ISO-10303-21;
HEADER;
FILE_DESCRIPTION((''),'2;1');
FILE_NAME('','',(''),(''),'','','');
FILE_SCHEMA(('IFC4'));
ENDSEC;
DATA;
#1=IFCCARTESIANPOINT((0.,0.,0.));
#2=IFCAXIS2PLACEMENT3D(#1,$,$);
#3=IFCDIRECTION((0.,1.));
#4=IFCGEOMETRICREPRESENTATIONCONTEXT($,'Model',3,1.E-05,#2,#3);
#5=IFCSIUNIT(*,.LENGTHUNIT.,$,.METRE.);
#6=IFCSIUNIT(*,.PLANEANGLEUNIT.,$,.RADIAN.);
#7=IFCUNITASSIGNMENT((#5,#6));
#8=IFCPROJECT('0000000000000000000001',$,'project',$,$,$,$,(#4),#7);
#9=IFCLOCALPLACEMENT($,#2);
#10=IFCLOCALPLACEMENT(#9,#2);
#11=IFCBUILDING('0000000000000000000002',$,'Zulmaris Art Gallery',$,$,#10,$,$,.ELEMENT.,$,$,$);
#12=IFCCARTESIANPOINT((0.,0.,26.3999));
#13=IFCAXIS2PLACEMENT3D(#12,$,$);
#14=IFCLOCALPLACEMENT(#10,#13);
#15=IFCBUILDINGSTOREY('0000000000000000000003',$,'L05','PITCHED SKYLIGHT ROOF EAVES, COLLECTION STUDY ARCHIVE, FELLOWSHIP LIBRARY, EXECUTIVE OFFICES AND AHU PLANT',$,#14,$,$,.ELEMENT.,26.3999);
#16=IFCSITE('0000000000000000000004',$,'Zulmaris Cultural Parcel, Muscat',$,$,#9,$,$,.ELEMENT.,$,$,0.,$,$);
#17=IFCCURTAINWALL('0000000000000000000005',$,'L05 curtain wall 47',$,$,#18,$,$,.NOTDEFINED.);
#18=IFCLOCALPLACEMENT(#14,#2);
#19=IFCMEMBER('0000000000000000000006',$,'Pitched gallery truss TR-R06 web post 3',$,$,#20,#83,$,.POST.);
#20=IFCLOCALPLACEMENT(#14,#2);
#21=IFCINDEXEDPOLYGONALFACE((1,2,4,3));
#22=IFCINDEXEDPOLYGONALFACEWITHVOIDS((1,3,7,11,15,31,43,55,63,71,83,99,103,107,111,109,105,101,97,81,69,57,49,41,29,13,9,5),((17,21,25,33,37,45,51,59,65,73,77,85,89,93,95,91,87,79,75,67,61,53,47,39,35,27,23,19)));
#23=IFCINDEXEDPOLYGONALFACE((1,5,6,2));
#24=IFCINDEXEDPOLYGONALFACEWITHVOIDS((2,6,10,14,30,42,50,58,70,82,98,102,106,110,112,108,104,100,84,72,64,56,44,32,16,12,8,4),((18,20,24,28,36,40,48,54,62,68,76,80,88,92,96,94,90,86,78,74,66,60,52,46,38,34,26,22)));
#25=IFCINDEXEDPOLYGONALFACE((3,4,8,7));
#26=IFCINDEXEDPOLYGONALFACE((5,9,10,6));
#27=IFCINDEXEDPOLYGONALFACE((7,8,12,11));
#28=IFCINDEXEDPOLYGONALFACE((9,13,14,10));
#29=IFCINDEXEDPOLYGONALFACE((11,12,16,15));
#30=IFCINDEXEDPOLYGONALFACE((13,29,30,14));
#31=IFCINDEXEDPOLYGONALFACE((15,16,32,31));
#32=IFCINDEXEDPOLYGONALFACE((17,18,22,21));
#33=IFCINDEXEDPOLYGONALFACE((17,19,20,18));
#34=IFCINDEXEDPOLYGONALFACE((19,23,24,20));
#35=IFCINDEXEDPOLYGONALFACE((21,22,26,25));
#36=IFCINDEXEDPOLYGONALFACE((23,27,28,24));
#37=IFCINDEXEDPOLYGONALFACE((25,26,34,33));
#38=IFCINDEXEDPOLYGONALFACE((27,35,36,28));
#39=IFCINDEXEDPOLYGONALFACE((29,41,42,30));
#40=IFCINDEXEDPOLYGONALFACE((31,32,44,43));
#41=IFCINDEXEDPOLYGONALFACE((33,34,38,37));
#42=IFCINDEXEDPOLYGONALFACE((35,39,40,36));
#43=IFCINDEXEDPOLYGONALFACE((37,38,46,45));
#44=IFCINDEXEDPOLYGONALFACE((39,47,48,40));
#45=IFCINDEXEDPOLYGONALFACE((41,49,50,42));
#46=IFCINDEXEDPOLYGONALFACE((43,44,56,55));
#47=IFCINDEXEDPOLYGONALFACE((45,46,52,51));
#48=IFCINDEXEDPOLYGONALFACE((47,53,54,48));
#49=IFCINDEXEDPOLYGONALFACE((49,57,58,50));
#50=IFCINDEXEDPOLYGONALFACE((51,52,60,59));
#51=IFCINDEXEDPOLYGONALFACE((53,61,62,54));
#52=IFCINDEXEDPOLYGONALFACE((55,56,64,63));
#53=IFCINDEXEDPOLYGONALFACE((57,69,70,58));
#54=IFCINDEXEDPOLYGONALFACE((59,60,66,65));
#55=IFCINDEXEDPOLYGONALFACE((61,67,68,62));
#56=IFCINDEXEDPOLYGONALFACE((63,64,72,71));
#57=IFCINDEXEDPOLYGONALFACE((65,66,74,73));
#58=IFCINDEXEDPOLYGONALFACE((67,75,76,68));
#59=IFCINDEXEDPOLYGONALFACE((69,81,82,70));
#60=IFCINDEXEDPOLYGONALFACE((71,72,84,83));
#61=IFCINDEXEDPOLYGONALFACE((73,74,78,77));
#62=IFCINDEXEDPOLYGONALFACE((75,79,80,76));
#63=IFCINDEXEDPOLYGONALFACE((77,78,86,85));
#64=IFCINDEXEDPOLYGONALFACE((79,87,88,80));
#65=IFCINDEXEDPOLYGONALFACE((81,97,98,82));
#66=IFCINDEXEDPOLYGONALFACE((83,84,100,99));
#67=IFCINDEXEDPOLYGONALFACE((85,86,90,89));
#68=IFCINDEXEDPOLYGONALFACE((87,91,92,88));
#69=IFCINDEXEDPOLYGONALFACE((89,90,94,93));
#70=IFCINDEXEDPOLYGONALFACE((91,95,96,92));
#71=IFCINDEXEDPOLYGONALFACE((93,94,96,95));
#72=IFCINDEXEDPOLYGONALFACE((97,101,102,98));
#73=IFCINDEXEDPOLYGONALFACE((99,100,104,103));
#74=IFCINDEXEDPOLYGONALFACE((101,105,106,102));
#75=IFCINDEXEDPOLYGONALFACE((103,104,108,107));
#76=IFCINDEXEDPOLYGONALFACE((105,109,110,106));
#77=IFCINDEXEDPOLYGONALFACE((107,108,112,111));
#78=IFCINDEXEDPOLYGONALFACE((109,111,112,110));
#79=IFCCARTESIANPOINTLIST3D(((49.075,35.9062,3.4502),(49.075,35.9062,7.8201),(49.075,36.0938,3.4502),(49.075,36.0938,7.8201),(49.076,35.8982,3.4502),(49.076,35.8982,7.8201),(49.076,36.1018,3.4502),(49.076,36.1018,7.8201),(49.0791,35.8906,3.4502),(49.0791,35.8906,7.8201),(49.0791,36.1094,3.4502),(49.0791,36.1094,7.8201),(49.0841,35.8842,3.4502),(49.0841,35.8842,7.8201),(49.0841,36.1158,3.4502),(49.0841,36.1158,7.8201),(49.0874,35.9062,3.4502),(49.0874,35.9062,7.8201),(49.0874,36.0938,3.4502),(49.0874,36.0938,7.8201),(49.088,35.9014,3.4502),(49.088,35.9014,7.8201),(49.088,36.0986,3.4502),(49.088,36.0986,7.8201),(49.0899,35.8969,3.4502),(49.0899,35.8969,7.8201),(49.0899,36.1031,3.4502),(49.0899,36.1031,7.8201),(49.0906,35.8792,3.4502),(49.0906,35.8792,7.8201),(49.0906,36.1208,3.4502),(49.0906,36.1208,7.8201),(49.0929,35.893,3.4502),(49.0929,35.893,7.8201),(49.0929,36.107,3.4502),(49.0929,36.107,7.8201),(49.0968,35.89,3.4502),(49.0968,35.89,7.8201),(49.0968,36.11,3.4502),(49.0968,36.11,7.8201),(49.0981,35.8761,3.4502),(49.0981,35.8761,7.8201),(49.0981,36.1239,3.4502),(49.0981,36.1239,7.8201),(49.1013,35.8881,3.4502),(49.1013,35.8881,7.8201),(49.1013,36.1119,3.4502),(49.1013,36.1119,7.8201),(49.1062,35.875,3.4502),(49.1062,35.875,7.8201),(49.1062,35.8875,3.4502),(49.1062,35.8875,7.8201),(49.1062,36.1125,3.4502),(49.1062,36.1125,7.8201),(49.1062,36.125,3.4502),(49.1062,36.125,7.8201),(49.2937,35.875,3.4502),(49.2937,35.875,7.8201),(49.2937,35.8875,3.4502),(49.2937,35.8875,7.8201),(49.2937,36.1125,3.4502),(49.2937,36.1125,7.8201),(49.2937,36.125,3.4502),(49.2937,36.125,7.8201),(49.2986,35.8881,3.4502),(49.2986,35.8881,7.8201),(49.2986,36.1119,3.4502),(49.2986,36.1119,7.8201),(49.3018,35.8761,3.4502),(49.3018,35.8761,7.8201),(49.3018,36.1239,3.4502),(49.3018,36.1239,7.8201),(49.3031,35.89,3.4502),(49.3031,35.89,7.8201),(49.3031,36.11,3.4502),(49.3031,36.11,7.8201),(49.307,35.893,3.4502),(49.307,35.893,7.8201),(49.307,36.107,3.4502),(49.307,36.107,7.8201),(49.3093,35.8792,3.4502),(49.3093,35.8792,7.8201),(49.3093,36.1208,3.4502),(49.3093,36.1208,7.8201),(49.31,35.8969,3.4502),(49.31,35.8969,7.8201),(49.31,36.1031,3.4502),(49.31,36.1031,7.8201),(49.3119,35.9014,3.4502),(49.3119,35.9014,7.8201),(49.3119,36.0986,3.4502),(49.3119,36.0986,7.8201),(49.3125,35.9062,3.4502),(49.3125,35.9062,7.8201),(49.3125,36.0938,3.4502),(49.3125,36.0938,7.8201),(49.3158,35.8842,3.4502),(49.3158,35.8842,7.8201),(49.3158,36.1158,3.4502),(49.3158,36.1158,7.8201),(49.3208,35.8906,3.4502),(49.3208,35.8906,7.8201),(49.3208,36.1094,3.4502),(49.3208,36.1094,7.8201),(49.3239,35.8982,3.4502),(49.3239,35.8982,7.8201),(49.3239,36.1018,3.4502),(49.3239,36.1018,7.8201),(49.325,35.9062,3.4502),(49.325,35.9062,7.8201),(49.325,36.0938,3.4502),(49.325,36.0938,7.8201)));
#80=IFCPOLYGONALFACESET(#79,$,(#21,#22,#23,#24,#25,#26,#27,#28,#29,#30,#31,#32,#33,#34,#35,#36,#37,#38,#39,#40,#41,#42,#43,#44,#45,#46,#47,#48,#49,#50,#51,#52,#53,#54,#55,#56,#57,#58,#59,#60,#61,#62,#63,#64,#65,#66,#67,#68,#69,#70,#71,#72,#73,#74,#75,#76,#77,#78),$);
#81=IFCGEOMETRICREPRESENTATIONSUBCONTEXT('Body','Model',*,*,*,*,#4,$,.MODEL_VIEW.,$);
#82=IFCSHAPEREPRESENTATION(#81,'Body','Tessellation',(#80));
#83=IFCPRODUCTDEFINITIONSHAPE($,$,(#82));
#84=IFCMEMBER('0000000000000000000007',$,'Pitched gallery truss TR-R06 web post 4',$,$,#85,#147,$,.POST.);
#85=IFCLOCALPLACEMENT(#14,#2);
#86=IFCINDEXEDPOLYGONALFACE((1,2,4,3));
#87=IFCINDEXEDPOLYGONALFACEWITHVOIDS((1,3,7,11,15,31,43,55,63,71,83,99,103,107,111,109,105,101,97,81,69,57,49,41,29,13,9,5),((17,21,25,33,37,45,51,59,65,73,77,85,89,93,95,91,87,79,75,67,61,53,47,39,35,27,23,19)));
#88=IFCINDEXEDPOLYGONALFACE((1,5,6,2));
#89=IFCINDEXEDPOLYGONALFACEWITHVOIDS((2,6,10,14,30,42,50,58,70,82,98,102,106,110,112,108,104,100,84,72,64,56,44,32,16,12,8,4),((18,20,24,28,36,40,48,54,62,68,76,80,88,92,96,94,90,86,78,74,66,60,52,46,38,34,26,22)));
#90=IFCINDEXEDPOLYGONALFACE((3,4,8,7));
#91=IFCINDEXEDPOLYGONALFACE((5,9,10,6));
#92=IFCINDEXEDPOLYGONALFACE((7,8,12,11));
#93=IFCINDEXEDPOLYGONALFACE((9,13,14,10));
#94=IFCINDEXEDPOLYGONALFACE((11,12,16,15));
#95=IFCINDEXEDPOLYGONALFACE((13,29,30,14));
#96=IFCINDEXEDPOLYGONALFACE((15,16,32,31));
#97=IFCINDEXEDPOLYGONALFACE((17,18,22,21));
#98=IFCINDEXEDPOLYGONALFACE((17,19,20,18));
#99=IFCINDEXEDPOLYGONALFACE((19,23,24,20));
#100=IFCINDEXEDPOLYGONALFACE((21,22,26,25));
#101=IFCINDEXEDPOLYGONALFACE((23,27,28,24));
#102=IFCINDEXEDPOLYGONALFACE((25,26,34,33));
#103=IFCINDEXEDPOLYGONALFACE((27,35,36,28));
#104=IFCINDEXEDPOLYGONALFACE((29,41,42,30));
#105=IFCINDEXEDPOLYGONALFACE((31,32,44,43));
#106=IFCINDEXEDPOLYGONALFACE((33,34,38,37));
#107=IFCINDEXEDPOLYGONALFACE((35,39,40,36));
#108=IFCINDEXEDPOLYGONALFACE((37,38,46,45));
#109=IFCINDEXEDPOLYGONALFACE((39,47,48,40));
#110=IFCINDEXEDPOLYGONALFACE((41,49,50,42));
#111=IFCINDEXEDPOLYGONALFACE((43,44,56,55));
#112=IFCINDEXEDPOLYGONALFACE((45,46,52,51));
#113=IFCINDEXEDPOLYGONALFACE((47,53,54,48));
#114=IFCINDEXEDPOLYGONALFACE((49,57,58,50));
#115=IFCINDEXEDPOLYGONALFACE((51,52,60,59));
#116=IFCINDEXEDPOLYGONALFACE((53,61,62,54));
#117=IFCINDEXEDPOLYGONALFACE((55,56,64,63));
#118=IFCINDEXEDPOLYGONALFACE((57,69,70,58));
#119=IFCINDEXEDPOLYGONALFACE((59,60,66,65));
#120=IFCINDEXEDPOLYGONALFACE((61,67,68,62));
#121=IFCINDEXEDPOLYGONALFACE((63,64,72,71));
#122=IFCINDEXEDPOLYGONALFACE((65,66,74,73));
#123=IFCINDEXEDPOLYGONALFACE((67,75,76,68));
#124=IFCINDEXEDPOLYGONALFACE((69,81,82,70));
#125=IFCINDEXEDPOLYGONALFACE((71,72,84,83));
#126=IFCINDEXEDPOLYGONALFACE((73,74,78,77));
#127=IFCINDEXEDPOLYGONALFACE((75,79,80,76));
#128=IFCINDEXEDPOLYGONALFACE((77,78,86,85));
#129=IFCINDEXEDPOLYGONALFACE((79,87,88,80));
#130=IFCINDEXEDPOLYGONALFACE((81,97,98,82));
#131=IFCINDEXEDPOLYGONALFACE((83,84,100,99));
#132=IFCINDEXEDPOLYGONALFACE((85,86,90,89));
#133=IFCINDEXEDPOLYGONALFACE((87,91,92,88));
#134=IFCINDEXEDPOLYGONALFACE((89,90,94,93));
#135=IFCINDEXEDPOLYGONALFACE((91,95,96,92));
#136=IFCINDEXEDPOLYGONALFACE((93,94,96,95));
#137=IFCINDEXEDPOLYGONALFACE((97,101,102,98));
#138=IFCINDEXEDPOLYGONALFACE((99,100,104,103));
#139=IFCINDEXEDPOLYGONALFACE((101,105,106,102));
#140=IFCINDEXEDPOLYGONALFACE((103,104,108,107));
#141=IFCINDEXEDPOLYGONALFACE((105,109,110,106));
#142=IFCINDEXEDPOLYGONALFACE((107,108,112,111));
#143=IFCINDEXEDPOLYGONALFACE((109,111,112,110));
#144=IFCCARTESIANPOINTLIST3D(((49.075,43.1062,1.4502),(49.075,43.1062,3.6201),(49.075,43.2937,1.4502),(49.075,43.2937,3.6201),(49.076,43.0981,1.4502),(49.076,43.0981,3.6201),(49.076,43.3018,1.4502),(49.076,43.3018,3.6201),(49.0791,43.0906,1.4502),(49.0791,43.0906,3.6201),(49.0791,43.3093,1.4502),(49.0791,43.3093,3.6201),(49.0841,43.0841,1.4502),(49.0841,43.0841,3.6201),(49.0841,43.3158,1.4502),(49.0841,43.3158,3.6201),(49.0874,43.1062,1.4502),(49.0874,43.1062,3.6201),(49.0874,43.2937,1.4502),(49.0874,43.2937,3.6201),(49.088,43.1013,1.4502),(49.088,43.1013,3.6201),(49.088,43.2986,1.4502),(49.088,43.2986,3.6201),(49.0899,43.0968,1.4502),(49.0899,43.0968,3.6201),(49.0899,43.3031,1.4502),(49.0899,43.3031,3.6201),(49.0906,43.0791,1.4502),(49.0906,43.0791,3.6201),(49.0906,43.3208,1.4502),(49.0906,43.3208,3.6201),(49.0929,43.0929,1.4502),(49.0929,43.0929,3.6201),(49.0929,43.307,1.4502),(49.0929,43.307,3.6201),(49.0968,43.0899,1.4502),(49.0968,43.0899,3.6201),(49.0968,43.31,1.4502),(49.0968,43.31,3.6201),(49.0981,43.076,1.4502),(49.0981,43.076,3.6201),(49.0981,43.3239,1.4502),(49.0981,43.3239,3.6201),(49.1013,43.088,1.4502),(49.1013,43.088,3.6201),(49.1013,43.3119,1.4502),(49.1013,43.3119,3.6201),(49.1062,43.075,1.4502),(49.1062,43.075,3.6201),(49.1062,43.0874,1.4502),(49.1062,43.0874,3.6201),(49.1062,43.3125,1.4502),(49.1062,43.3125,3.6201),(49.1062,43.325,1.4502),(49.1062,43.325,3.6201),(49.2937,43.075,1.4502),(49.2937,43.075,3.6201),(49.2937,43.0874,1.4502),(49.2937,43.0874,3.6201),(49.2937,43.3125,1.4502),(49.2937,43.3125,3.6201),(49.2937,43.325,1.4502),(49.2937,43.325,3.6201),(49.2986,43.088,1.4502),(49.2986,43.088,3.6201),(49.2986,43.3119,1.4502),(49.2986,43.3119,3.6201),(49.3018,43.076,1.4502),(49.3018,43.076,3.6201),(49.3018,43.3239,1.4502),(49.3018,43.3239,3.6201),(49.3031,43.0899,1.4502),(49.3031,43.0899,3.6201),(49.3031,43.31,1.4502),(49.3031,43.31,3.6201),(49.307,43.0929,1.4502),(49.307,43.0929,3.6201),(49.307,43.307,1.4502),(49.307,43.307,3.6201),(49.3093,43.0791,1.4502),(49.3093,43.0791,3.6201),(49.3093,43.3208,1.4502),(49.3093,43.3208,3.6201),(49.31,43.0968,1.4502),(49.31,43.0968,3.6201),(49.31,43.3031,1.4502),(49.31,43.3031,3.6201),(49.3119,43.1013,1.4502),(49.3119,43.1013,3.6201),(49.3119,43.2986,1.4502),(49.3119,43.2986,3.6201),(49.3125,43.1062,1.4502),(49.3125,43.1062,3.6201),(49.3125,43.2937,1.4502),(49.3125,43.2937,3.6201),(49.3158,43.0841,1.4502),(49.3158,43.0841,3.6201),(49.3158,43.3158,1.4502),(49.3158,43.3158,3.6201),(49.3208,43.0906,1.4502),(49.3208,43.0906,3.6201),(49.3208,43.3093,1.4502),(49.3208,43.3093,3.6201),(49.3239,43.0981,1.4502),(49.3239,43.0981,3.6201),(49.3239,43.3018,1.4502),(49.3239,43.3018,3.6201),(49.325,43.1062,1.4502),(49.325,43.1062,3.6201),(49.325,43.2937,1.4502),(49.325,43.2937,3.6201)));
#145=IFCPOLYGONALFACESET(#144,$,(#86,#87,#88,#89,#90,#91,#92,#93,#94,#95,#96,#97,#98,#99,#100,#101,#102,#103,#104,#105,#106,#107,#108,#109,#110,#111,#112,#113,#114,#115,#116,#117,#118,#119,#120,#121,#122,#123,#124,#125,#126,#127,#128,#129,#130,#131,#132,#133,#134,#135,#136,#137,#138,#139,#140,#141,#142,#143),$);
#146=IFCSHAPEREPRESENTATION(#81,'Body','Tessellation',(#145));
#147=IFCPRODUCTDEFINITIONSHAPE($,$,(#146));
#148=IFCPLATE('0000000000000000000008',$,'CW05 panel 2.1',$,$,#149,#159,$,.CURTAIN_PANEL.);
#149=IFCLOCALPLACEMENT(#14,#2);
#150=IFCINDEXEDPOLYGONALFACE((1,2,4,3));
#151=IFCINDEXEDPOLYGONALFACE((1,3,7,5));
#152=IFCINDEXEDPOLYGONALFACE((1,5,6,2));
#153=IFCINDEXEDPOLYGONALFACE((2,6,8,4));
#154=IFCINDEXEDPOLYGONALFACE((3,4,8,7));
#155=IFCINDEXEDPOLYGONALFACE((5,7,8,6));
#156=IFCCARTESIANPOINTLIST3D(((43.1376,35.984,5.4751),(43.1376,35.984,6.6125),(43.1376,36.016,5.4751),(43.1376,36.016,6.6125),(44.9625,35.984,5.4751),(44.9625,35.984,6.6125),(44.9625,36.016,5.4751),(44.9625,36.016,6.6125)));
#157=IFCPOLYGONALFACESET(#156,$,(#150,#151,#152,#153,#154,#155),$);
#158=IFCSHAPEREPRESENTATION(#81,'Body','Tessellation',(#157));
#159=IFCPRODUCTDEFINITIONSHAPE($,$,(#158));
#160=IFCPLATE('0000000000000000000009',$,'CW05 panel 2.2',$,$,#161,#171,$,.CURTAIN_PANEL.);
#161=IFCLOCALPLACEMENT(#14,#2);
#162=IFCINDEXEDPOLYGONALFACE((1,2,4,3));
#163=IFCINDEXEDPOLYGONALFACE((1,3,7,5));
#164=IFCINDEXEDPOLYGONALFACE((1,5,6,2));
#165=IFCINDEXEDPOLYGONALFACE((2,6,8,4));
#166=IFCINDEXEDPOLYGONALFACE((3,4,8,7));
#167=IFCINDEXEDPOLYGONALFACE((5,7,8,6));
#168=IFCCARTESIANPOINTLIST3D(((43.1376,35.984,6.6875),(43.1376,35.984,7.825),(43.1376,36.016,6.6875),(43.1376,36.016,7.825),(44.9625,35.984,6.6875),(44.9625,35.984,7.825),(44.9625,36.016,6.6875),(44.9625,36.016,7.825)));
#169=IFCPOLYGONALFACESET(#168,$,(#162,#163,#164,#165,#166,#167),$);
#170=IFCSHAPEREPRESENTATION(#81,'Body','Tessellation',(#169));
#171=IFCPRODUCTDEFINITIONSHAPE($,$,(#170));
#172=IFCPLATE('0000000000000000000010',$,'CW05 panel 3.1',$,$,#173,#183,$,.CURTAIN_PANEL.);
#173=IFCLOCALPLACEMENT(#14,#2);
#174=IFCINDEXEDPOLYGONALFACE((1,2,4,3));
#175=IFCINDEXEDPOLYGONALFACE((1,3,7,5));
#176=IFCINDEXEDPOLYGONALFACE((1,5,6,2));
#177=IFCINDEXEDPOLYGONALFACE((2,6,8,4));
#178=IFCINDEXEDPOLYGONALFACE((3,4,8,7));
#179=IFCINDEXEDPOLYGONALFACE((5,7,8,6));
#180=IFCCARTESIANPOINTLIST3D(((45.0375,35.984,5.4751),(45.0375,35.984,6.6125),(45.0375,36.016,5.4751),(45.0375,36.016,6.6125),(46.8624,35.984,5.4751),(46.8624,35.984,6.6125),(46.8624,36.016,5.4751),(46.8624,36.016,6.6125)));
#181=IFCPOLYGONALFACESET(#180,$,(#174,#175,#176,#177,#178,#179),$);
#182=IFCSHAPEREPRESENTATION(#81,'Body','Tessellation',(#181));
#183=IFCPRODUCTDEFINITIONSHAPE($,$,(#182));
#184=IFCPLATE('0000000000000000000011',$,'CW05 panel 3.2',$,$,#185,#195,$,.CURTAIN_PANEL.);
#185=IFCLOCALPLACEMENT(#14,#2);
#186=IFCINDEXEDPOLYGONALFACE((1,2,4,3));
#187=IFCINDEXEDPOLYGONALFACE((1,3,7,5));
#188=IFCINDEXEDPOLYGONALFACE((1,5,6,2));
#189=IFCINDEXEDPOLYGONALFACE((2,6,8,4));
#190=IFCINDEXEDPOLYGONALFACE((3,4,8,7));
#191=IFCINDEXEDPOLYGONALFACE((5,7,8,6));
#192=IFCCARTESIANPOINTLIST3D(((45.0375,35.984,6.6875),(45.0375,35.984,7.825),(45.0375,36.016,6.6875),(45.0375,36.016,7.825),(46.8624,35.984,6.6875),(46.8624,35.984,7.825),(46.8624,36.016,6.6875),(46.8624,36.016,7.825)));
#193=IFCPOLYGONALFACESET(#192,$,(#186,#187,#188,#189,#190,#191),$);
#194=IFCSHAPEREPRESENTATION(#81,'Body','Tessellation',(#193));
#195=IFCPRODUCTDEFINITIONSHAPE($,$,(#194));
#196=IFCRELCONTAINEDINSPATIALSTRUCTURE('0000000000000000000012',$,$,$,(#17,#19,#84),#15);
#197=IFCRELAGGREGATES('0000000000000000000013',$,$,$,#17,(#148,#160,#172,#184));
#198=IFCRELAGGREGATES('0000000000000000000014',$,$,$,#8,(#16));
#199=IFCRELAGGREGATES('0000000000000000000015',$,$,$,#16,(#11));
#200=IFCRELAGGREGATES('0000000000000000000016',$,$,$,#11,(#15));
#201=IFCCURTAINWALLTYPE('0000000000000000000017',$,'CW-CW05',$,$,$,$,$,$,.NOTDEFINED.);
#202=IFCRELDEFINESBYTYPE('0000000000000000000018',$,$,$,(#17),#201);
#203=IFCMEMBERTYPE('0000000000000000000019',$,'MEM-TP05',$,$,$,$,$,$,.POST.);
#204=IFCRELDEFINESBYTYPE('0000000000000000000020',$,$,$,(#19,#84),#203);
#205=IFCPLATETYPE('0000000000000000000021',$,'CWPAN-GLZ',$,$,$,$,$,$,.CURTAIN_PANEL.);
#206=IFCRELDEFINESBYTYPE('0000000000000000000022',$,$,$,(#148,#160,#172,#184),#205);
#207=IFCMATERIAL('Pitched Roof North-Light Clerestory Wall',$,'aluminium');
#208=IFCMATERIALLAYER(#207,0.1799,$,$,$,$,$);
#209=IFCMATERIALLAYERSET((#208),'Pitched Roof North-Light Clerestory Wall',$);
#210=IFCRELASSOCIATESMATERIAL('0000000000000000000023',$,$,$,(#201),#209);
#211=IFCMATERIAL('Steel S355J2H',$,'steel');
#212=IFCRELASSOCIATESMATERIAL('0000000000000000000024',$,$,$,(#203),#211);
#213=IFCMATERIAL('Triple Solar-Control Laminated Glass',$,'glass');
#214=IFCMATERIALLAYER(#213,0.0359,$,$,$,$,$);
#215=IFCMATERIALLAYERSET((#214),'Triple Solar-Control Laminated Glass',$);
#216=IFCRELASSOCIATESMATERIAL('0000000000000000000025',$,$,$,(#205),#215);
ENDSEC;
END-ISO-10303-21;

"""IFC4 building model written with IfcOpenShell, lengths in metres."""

from ifc_helpers import new_model, si_unit, direction, frame, origin, origin_2d, place, context, subcontext, project, spatial, rectangle, hollow_rectangle, extrude, material, layer, layer_set, material_profile, profile_set, type_object, element, aggregate, save


model = new_model("IFC4")

# Units and contexts
model_context = context("Model", 3, precision=1e-05, world=origin(), true_north=direction((0.0, 1.0)))
body_context = subcontext(model_context, "Body", "Model", "MODEL_VIEW")
ifc_project = project(units=[si_unit("LENGTHUNIT", "METRE"), si_unit("PLANEANGLEUNIT", "RADIAN")], contexts=[model_context])

# Site, building, storey
site_placement = place(None, origin())
site = spatial("IfcSite", under=ifc_project, at=site_placement, Name="Zulmaris Cultural Parcel, Muscat", CompositionType="ELEMENT", RefElevation=0.0)
building_placement = place(site_placement, origin())
building = spatial("IfcBuilding", under=site, at=building_placement, Name="Zulmaris Art Gallery", CompositionType="ELEMENT")
storey_placement = place(building_placement, frame((0.0, 0.0, 26.3999)))
storey = spatial("IfcBuildingStorey", under=building, at=storey_placement, Name="L05", Description="PITCHED SKYLIGHT ROOF EAVES, COLLECTION STUDY ARCHIVE, FELLOWSHIP LIBRARY, EXECUTIVE OFFICES AND AHU PLANT", CompositionType="ELEMENT", Elevation=26.3999)

# Curtain wall
ifc_material_1 = material(Name="Pitched Roof North-Light Clerestory Wall", Category="aluminium")
ifc_layer_1 = layer(ifc_material_1, 0.1799)
ifc_layer_set_1 = layer_set([ifc_layer_1], Name="Pitched Roof North-Light Clerestory Wall")
curtain_wall_type = type_object("IfcCurtainWallType", Name="CW-CW05", PredefinedType="NOTDEFINED", material=ifc_layer_set_1)
curtain_wall_placement = place(storey_placement, origin())
curtain_wall = element("IfcCurtainWall", 1, at=curtain_wall_placement, inside=storey, type_object=curtain_wall_type, Name="L05 curtain wall 47", PredefinedType="NOTDEFINED")

# Members
ifc_material_2 = material(Name="Steel S355J2H", Category="steel")
ifc_material_profile_1 = material_profile(ifc_material_2, hollow_rectangle(XDim=0.25, YDim=0.25, WallThickness=0.0125, InnerFilletRadius=0.0188, OuterFilletRadius=0.0312, at=origin_2d()), Name="SHS 250x250x12.5")
ifc_profile_set_1 = profile_set([ifc_material_profile_1], Name="Steel S355J2H")
member_type_1 = type_object("IfcMemberType", Name="MEM-TP05", PredefinedType="POST", material=ifc_profile_set_1)
member_1_placement = place(storey_placement, frame((49.2, 36.0, 3.4502), z_axis=(0.0, 0.0, 1.0), x_axis=(1.0, 0.0, 0.0)))
element("IfcMember", 2, at=member_1_placement, inside=storey, type_object=member_type_1, Name="Pitched gallery truss TR-R06 web post 3", PredefinedType="POST", context=body_context, shape_type="SweptSolid", body=[
    extrude(hollow_rectangle(XDim=0.25, YDim=0.25, WallThickness=0.0125, InnerFilletRadius=0.0188, OuterFilletRadius=0.0312, at=origin_2d()), origin(), (0.0, 0.0, 1.0), 4.3699),
])
member_2_placement = place(storey_placement, frame((49.2, 43.2, 1.4502), z_axis=(0.0, 0.0, 1.0), x_axis=(1.0, 0.0, 0.0)))
element("IfcMember", 3, at=member_2_placement, inside=storey, type_object=member_type_1, Name="Pitched gallery truss TR-R06 web post 4", PredefinedType="POST", context=body_context, shape_type="SweptSolid", body=[
    extrude(hollow_rectangle(XDim=0.25, YDim=0.25, WallThickness=0.0125, InnerFilletRadius=0.0188, OuterFilletRadius=0.0312, at=origin_2d()), origin(), (0.0, 0.0, 1.0), 2.1699),
])

# Plates
ifc_material_3 = material(Name="Triple Solar-Control Laminated Glass", Category="glass")
ifc_layer_2 = layer(ifc_material_3, 0.0359)
ifc_layer_set_2 = layer_set([ifc_layer_2], Name="Triple Solar-Control Laminated Glass")
plate_type_1 = type_object("IfcPlateType", Name="CWPAN-GLZ", PredefinedType="CURTAIN_PANEL", material=ifc_layer_set_2)
plate_1_placement = place(storey_placement, frame((44.05, 36.0, 5.4751), z_axis=(0.0, 0.0, 1.0), x_axis=(1.0, 0.0, 0.0)))
plate_1 = element("IfcPlate", 4, at=plate_1_placement, type_object=plate_type_1, Name="CW05 panel 2.1", PredefinedType="CURTAIN_PANEL", context=body_context, shape_type="SweptSolid", body=[
    extrude(rectangle(XDim=1.825, YDim=0.032, at=origin_2d()), origin(), (0.0, 0.0, 1.0), 1.1375),
])
plate_2_placement = place(storey_placement, frame((44.05, 36.0, 6.6875), z_axis=(0.0, 0.0, 1.0), x_axis=(1.0, 0.0, 0.0)))
plate_2 = element("IfcPlate", 5, at=plate_2_placement, type_object=plate_type_1, Name="CW05 panel 2.2", PredefinedType="CURTAIN_PANEL", context=body_context, shape_type="SweptSolid", body=[
    extrude(rectangle(XDim=1.825, YDim=0.032, at=origin_2d()), origin(), (0.0, 0.0, 1.0), 1.1375),
])
plate_3_placement = place(storey_placement, frame((45.95, 36.0, 5.4751), z_axis=(0.0, 0.0, 1.0), x_axis=(1.0, 0.0, 0.0)))
plate_3 = element("IfcPlate", 6, at=plate_3_placement, type_object=plate_type_1, Name="CW05 panel 3.1", PredefinedType="CURTAIN_PANEL", context=body_context, shape_type="SweptSolid", body=[
    extrude(rectangle(XDim=1.825, YDim=0.032, at=origin_2d()), origin(), (0.0, 0.0, 1.0), 1.1375),
])
plate_4_placement = place(storey_placement, frame((45.95, 36.0, 6.6875), z_axis=(0.0, 0.0, 1.0), x_axis=(1.0, 0.0, 0.0)))
plate_4 = element("IfcPlate", 7, at=plate_4_placement, type_object=plate_type_1, Name="CW05 panel 3.2", PredefinedType="CURTAIN_PANEL", context=body_context, shape_type="SweptSolid", body=[
    extrude(rectangle(XDim=1.825, YDim=0.032, at=origin_2d()), origin(), (0.0, 0.0, 1.0), 1.1375),
])
aggregate(curtain_wall, [plate_1, plate_2, plate_3, plate_4])

save(model, "model.ifc")
